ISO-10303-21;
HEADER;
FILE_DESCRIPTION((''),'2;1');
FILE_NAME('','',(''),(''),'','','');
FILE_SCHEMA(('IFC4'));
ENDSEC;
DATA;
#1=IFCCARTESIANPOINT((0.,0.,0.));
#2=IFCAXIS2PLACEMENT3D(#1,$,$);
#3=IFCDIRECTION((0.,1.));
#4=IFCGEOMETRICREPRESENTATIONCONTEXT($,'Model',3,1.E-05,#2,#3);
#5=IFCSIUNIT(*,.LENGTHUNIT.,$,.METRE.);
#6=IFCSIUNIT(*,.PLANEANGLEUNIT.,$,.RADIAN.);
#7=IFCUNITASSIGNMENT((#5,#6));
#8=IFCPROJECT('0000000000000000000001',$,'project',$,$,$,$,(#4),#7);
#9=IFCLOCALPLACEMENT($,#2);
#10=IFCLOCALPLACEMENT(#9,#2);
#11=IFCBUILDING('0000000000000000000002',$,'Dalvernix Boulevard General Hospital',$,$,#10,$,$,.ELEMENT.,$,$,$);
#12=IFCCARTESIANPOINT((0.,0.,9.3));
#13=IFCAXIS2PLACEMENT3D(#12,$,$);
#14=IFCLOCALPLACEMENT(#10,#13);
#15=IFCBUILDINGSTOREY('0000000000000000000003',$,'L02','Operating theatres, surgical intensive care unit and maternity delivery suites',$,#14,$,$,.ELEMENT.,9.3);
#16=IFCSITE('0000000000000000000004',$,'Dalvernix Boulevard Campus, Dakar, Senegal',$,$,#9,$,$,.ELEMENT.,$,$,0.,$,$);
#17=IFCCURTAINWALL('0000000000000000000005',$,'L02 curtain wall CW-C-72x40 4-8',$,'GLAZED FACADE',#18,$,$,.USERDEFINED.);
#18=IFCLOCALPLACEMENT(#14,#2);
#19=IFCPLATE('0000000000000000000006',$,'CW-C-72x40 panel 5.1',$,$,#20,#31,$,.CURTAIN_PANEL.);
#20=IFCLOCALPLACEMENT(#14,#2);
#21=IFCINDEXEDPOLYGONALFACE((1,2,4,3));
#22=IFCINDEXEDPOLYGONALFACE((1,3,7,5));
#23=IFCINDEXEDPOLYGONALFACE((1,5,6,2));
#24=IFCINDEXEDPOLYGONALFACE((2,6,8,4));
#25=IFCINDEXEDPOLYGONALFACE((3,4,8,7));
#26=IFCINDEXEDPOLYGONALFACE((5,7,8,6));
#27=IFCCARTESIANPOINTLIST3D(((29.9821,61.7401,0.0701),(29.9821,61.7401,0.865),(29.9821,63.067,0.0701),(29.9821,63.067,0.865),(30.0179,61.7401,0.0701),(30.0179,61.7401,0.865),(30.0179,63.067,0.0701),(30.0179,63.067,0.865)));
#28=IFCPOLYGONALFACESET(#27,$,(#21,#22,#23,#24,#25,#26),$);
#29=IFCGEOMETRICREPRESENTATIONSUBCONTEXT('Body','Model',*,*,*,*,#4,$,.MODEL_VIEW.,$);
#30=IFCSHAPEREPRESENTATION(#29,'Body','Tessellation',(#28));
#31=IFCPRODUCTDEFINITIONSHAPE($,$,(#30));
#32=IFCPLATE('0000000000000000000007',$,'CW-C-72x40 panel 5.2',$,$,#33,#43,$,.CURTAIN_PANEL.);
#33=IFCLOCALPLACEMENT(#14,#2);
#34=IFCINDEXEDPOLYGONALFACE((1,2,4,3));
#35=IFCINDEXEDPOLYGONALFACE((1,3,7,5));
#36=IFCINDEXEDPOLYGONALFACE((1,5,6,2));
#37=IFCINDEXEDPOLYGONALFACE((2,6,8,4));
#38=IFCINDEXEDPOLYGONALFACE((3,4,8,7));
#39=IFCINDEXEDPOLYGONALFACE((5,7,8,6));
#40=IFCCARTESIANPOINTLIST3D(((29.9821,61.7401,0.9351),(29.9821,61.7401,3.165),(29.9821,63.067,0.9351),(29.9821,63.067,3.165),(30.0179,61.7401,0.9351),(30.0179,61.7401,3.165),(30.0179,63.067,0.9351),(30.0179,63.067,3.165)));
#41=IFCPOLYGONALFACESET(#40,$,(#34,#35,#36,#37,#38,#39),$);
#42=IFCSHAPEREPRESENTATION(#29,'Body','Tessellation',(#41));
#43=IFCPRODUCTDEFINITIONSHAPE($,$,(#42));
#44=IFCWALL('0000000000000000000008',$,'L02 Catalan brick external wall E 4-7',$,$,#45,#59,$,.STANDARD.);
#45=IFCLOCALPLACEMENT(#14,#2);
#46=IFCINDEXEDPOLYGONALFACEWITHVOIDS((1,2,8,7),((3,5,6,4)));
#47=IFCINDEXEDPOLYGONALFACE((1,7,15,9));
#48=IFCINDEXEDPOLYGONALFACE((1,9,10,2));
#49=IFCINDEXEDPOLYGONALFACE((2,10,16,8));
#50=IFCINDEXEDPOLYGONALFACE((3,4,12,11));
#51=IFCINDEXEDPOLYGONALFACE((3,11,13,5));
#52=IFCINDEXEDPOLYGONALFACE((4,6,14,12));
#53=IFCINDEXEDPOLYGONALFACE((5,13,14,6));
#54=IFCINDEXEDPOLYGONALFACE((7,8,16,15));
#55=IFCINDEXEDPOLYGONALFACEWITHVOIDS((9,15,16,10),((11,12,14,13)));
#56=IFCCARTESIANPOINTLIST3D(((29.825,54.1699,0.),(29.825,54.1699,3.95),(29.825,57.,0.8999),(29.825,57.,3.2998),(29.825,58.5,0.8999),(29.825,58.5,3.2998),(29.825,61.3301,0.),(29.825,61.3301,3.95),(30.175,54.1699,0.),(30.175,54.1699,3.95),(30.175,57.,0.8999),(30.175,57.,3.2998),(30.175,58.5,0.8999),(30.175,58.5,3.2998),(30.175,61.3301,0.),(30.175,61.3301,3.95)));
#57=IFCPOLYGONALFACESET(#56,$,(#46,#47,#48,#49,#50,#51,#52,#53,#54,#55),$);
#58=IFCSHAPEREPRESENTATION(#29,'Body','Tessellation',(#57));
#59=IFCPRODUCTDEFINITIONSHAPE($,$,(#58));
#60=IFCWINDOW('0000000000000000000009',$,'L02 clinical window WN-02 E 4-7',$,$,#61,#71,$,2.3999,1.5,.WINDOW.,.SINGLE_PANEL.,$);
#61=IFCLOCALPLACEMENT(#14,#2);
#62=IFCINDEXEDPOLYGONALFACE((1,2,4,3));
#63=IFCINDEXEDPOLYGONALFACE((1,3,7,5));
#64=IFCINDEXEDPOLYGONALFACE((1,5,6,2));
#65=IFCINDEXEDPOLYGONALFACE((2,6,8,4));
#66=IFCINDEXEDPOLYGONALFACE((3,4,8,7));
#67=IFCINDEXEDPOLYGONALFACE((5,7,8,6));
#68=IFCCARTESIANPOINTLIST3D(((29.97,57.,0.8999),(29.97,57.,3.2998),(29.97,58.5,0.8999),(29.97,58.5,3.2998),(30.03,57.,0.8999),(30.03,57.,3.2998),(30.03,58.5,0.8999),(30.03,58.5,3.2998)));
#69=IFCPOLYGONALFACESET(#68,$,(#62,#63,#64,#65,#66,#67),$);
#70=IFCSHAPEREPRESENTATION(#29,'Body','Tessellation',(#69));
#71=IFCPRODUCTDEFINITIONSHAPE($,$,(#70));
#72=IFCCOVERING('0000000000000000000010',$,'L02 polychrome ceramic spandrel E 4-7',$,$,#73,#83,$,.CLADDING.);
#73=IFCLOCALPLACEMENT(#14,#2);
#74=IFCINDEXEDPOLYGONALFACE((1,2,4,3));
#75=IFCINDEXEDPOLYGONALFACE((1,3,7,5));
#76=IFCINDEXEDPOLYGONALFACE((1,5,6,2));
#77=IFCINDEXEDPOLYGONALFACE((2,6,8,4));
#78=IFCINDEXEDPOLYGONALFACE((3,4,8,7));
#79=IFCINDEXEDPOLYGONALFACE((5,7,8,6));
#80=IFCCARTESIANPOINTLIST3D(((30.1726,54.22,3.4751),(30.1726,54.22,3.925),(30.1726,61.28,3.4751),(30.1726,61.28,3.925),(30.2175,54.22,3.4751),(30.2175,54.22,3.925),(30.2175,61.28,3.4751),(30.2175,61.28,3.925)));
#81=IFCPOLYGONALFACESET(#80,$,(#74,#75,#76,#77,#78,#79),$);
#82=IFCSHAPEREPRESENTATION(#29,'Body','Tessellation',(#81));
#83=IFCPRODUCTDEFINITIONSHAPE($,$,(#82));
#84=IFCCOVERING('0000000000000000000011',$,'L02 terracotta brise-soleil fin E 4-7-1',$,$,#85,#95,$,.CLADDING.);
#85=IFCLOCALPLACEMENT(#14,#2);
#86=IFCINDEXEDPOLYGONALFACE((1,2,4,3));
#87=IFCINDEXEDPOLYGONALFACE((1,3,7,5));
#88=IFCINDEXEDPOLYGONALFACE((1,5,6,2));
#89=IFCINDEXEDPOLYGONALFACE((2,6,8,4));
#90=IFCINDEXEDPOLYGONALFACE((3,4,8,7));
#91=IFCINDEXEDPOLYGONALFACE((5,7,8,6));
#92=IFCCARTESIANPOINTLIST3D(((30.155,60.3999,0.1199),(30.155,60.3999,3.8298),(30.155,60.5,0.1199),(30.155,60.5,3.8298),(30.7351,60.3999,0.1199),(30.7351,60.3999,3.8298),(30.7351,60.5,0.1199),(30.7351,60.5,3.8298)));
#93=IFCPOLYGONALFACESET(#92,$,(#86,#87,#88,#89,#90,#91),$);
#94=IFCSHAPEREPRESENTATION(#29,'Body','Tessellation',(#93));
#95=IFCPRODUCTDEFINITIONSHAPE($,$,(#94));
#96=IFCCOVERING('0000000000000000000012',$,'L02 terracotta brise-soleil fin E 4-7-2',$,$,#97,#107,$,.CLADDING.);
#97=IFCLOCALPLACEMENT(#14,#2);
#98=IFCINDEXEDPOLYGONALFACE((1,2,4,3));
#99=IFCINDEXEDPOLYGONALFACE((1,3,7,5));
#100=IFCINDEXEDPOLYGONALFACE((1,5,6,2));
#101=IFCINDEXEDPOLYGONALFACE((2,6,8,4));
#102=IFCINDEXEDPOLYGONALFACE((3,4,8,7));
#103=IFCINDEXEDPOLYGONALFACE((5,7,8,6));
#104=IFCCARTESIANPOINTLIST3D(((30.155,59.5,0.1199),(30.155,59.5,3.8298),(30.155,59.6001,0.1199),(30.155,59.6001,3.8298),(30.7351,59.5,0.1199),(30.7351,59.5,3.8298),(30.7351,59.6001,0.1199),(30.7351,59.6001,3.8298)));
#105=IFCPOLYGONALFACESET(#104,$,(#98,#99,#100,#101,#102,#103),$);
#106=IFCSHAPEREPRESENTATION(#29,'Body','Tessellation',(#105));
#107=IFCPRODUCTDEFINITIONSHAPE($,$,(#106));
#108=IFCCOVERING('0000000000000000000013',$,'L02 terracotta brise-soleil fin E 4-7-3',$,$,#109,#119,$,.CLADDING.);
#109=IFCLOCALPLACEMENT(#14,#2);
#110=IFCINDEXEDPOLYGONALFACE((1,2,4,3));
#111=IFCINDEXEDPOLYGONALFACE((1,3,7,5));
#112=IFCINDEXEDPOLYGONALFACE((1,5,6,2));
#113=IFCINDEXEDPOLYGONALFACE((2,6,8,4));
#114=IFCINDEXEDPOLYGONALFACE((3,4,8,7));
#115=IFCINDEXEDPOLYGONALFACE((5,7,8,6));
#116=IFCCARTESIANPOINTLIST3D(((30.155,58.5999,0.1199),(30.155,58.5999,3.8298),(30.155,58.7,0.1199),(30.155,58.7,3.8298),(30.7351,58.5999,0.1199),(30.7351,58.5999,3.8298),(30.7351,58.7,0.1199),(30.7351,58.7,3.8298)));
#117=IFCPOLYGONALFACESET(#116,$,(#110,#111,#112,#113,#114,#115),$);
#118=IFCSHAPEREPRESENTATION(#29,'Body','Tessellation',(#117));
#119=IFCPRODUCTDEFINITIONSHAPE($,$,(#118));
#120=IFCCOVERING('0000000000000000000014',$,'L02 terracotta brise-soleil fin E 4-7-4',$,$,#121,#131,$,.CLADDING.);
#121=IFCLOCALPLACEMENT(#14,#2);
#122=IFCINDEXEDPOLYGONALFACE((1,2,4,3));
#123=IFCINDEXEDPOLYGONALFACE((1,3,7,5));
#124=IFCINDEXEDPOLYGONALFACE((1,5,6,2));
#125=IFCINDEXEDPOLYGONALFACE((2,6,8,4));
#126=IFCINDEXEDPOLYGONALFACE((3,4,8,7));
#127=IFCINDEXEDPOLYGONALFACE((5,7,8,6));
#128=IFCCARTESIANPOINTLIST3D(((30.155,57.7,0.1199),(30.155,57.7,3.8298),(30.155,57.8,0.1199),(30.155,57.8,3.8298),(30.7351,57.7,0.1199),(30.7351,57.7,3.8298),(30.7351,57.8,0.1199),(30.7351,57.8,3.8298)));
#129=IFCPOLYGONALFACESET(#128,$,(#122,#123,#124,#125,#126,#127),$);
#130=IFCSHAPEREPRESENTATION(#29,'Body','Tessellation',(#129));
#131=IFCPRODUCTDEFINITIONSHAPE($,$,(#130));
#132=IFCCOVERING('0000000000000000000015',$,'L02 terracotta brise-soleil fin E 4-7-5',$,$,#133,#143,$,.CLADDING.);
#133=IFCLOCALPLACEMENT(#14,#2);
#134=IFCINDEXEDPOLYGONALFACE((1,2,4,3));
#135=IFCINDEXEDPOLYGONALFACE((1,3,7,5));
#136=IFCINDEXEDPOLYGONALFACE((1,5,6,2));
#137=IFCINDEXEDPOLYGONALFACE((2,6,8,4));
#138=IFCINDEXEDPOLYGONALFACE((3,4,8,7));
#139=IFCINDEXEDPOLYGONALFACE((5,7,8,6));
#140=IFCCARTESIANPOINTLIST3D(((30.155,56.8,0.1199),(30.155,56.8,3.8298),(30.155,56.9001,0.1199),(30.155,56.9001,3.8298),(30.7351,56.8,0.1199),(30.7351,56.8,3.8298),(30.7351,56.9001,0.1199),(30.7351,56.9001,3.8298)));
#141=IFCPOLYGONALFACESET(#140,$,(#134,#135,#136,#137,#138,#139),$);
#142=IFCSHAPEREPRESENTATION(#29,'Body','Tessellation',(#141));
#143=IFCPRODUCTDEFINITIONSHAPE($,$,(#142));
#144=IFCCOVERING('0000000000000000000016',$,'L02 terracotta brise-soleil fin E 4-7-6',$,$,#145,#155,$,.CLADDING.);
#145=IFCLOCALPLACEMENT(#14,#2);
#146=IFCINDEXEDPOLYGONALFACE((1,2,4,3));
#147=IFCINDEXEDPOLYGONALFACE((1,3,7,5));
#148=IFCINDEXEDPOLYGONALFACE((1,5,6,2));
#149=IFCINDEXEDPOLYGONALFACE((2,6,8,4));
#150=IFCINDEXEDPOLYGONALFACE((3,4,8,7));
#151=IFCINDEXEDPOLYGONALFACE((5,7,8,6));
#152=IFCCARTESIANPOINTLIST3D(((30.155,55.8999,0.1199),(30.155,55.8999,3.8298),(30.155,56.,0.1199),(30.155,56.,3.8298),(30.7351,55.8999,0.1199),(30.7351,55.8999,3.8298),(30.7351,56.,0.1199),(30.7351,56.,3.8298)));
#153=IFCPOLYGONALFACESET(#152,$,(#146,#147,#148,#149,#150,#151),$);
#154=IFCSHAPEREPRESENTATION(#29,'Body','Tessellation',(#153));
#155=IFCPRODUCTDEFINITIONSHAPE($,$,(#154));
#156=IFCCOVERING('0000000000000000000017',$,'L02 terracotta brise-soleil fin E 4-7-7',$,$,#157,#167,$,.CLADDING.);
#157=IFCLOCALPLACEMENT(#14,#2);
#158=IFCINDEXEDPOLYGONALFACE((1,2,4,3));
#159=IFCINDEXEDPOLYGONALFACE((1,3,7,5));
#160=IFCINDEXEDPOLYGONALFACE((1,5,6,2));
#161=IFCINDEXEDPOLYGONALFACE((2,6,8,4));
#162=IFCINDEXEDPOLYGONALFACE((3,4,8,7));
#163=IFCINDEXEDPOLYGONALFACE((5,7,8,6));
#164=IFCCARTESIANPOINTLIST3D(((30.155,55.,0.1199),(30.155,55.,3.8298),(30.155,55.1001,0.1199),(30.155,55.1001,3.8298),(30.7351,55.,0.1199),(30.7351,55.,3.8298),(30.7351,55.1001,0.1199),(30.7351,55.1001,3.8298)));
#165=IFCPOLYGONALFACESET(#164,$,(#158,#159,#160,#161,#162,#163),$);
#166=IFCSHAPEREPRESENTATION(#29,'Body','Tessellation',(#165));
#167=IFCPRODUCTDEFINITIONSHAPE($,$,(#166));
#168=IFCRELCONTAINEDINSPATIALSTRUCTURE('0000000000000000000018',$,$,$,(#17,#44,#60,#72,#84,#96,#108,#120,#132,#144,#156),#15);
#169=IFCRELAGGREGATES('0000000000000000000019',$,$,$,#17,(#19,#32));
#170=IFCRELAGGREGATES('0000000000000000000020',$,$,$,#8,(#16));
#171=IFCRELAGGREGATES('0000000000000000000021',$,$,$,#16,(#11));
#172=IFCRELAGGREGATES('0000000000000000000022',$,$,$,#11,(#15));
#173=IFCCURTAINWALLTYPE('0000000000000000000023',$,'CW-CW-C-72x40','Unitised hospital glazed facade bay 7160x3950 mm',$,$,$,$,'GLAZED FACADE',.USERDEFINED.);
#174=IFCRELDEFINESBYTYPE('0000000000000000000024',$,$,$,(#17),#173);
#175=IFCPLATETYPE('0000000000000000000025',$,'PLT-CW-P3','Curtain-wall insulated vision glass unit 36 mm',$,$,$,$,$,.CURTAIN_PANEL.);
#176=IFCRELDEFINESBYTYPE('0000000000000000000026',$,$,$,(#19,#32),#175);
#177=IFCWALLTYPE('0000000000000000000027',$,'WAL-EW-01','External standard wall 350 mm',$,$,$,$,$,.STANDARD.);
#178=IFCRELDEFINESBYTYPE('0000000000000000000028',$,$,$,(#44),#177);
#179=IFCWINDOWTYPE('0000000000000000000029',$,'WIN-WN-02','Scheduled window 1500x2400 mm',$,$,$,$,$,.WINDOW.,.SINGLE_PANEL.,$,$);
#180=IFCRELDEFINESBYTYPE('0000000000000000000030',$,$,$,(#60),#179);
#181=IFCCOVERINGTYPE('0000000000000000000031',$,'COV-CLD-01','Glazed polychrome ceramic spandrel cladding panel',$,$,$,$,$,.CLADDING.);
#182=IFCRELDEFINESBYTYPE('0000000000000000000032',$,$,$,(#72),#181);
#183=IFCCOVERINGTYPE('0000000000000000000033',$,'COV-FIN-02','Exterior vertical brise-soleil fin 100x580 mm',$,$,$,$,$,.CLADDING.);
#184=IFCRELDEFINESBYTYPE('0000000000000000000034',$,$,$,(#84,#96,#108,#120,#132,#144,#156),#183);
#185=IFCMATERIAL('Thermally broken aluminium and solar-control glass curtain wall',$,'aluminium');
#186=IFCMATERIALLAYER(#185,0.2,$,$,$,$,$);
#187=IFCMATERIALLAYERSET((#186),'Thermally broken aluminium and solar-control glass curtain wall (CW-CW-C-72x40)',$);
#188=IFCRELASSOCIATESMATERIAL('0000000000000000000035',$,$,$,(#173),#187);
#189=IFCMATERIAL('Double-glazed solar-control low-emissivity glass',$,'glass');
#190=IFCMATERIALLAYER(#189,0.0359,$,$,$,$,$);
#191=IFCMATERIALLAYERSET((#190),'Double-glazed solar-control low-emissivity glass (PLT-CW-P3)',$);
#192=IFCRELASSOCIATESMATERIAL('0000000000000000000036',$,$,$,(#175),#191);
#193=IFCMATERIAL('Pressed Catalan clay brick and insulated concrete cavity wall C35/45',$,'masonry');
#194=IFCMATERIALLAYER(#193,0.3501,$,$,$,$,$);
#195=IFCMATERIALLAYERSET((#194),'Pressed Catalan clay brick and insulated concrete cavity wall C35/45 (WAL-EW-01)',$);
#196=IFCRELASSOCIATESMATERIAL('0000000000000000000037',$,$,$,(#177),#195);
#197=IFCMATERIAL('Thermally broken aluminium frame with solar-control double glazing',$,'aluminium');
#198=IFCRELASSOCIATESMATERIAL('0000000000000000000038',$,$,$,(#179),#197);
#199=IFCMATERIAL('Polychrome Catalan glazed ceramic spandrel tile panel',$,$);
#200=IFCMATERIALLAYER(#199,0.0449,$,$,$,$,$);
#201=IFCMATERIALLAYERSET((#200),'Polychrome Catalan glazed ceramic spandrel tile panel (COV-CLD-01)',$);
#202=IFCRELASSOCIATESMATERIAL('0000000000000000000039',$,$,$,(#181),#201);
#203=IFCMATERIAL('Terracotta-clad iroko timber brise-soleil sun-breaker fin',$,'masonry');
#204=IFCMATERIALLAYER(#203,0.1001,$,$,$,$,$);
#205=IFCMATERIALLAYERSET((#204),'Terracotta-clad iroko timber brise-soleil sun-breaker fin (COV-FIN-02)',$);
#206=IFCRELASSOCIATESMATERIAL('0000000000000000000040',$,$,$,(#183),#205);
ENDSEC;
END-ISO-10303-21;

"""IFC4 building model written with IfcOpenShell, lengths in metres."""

from ifc_helpers import new_model, si_unit, direction, frame, frame_2d, origin, origin_2d, place, context, subcontext, project, spatial, rectangle, extrude, material, layer, layer_set, type_object, element, fill, aggregate, save


model = new_model("IFC4")

# Units and contexts
model_context = context("Model", 3, precision=1e-05, world=origin(), true_north=direction((0.0, 1.0)))
body_context = subcontext(model_context, "Body", "Model", "MODEL_VIEW")
ifc_project = project(units=[si_unit("LENGTHUNIT", "METRE"), si_unit("PLANEANGLEUNIT", "RADIAN")], contexts=[model_context])

# Site, building, storey
site_placement = place(None, origin())
site = spatial("IfcSite", under=ifc_project, at=site_placement, Name="Dalvernix Boulevard Campus, Dakar, Senegal", CompositionType="ELEMENT", RefElevation=0.0)
building_placement = place(site_placement, origin())
building = spatial("IfcBuilding", under=site, at=building_placement, Name="Dalvernix Boulevard General Hospital", CompositionType="ELEMENT")
storey_placement = place(building_placement, frame((0.0, 0.0, 9.3)))
storey = spatial("IfcBuildingStorey", under=building, at=storey_placement, Name="L02", Description="Operating theatres, surgical intensive care unit and maternity delivery suites", CompositionType="ELEMENT", Elevation=9.3)

# Curtain wall, plates
ifc_material_1 = material(Name="Thermally broken aluminium and solar-control glass curtain wall", Category="aluminium")
ifc_layer_1 = layer(ifc_material_1, 0.2)
ifc_layer_set_1 = layer_set([ifc_layer_1], Name="Thermally broken aluminium and solar-control glass curtain wall (CW-CW-C-72x40)")
curtain_wall_type = type_object("IfcCurtainWallType", Name="CW-CW-C-72x40", Description="Unitised hospital glazed facade bay 7160x3950 mm", ElementType="GLAZED FACADE", PredefinedType="USERDEFINED", material=ifc_layer_set_1)
curtain_wall_placement = place(storey_placement, origin())
curtain_wall = element("IfcCurtainWall", 1, at=curtain_wall_placement, inside=storey, type_object=curtain_wall_type, Name="L02 curtain wall CW-C-72x40 4-8", ObjectType="GLAZED FACADE", PredefinedType="USERDEFINED")
ifc_material_2 = material(Name="Double-glazed solar-control low-emissivity glass", Category="glass")
ifc_layer_2 = layer(ifc_material_2, 0.0359)
ifc_layer_set_2 = layer_set([ifc_layer_2], Name="Double-glazed solar-control low-emissivity glass (PLT-CW-P3)")
plate_type = type_object("IfcPlateType", Name="PLT-CW-P3", Description="Curtain-wall insulated vision glass unit 36 mm", PredefinedType="CURTAIN_PANEL", material=ifc_layer_set_2)
plate_1_placement = place(storey_placement, frame((30.0, 62.4036, 0.0701), z_axis=(0.0, 0.0, 1.0), x_axis=(0.0, -1.0, 0.0)))
plate_1 = element("IfcPlate", 2, at=plate_1_placement, type_object=plate_type, Name="CW-C-72x40 panel 5.1", PredefinedType="CURTAIN_PANEL", context=body_context, shape_type="SweptSolid", body=[
    extrude(rectangle(XDim=1.3269, YDim=0.0359, at=origin_2d()), origin(), (0.0, 0.0, 1.0), 0.7949),
])
plate_2_placement = place(storey_placement, frame((30.0, 62.4036, 0.9351), z_axis=(0.0, 0.0, 1.0), x_axis=(0.0, -1.0, 0.0)))
plate_2 = element("IfcPlate", 3, at=plate_2_placement, type_object=plate_type, Name="CW-C-72x40 panel 5.2", PredefinedType="CURTAIN_PANEL", context=body_context, shape_type="SweptSolid", body=[
    extrude(rectangle(XDim=1.3269, YDim=0.0359, at=origin_2d()), origin(), (0.0, 0.0, 1.0), 2.23),
])
aggregate(curtain_wall, [plate_1, plate_2])

# Wall, opening, window
ifc_material_3 = material(Name="Pressed Catalan clay brick and insulated concrete cavity wall C35/45", Category="masonry")
ifc_layer_3 = layer(ifc_material_3, 0.3501)
ifc_layer_set_3 = layer_set([ifc_layer_3], Name="Pressed Catalan clay brick and insulated concrete cavity wall C35/45 (WAL-EW-01)")
wall_type = type_object("IfcWallType", Name="WAL-EW-01", Description="External standard wall 350 mm", PredefinedType="STANDARD", material=ifc_layer_set_3)
wall_placement = place(storey_placement, frame((30.0, 61.3301, 0.0), z_axis=(0.0, 0.0, 1.0), x_axis=(0.0, -1.0, 0.0)))
wall = element("IfcWall", 4, at=wall_placement, inside=storey, type_object=wall_type, Name="L02 Catalan brick external wall E 4-7", PredefinedType="STANDARD", context=body_context, shape_type="SweptSolid", body=[
    extrude(rectangle(XDim=7.1602, YDim=0.3501, at=frame_2d((3.5801, 0.0))), origin(), (0.0, 0.0, 1.0), 3.95),
])
opening_placement = place(wall_placement, frame((2.8301, 0.0, 0.8999)))
opening = element("IfcOpeningElement", 5, at=opening_placement, cuts=wall, PredefinedType="OPENING", context=body_context, shape_type="SweptSolid", body=[
    extrude(rectangle(XDim=1.5, YDim=2.3999, at=frame_2d((0.75, 1.2))), frame((0.0, 0.1851, 0.0), z_axis=(0.0, -1.0, 0.0), x_axis=(1.0, 0.0, 0.0)), (0.0, 0.0, 1.0), 0.3701),
])
ifc_material_4 = material(Name="Thermally broken aluminium frame with solar-control double glazing", Category="aluminium")
window_type = type_object("IfcWindowType", Name="WIN-WN-02", Description="Scheduled window 1500x2400 mm", PartitioningType="SINGLE_PANEL", PredefinedType="WINDOW", material=ifc_material_4)
window_placement = place(opening_placement, origin())
window = element("IfcWindow", 6, at=window_placement, inside=storey, type_object=window_type, Name="L02 clinical window WN-02 E 4-7", OverallHeight=2.3999, OverallWidth=1.5, PartitioningType="SINGLE_PANEL", PredefinedType="WINDOW", context=body_context, shape_type="SweptSolid", body=[
    extrude(rectangle(XDim=1.5, YDim=2.3999, at=frame_2d((0.75, 1.2))), frame((0.0, 0.03, 0.0), z_axis=(0.0, -1.0, 0.0), x_axis=(1.0, 0.0, 0.0)), (0.0, 0.0, 1.0), 0.0601),
])
fill(opening, window)

# Coverings
ifc_material_5 = material(Name="Polychrome Catalan glazed ceramic spandrel tile panel")
ifc_layer_4 = layer(ifc_material_5, 0.0449)
ifc_layer_set_4 = layer_set([ifc_layer_4], Name="Polychrome Catalan glazed ceramic spandrel tile panel (COV-CLD-01)")
covering_type_1 = type_object("IfcCoveringType", Name="COV-CLD-01", Description="Glazed polychrome ceramic spandrel cladding panel", PredefinedType="CLADDING", material=ifc_layer_set_4)
covering_placement = place(storey_placement, frame((30.1951, 57.75, 3.4751), z_axis=(0.0, 0.0, 1.0), x_axis=(0.0, -1.0, 0.0)))
element("IfcCovering", 7, at=covering_placement, inside=storey, type_object=covering_type_1, Name="L02 polychrome ceramic spandrel E 4-7", PredefinedType="CLADDING", context=body_context, shape_type="SweptSolid", body=[
    extrude(rectangle(XDim=7.0601, YDim=0.0449, at=origin_2d()), origin(), (0.0, 0.0, 1.0), 0.45),
])
ifc_material_6 = material(Name="Terracotta-clad iroko timber brise-soleil sun-breaker fin", Category="masonry")
ifc_layer_5 = layer(ifc_material_6, 0.1001)
ifc_layer_set_5 = layer_set([ifc_layer_5], Name="Terracotta-clad iroko timber brise-soleil sun-breaker fin (COV-FIN-02)")
covering_type_2 = type_object("IfcCoveringType", Name="COV-FIN-02", Description="Exterior vertical brise-soleil fin 100x580 mm", PredefinedType="CLADDING", material=ifc_layer_set_5)
for number, where, z_axis, x_axis, name in (
    (8, (30.4451, 60.45, 0.1199), (0.0, 0.0, 1.0), (0.0, -1.0, 0.0), "L02 terracotta brise-soleil fin E 4-7-1"),
    (9, (30.4451, 59.55, 0.1199), (0.0, 0.0, 1.0), (0.0, -1.0, 0.0), "L02 terracotta brise-soleil fin E 4-7-2"),
    (10, (30.4451, 58.6499, 0.1199), (0.0, 0.0, 1.0), (0.0, -1.0, 0.0), "L02 terracotta brise-soleil fin E 4-7-3"),
    (11, (30.4451, 57.75, 0.1199), (0.0, 0.0, 1.0), (0.0, -1.0, 0.0), "L02 terracotta brise-soleil fin E 4-7-4"),
    (12, (30.4451, 56.8501, 0.1199), (0.0, 0.0, 1.0), (0.0, -1.0, 0.0), "L02 terracotta brise-soleil fin E 4-7-5"),
    (13, (30.4451, 55.95, 0.1199), (0.0, 0.0, 1.0), (0.0, -1.0, 0.0), "L02 terracotta brise-soleil fin E 4-7-6"),
    (14, (30.4451, 55.05, 0.1199), (0.0, 0.0, 1.0), (0.0, -1.0, 0.0), "L02 terracotta brise-soleil fin E 4-7-7"),
):
    element("IfcCovering", number, at=place(storey_placement, frame(where, z_axis=z_axis, x_axis=x_axis)), inside=storey, type_object=covering_type_2, Name=name, PredefinedType="CLADDING", context=body_context, shape_type="SweptSolid", body=[
        extrude(rectangle(XDim=0.1001, YDim=0.5801, at=origin_2d()), origin(), (0.0, 0.0, 1.0), 3.71),
    ])

save(model, "model.ifc")
